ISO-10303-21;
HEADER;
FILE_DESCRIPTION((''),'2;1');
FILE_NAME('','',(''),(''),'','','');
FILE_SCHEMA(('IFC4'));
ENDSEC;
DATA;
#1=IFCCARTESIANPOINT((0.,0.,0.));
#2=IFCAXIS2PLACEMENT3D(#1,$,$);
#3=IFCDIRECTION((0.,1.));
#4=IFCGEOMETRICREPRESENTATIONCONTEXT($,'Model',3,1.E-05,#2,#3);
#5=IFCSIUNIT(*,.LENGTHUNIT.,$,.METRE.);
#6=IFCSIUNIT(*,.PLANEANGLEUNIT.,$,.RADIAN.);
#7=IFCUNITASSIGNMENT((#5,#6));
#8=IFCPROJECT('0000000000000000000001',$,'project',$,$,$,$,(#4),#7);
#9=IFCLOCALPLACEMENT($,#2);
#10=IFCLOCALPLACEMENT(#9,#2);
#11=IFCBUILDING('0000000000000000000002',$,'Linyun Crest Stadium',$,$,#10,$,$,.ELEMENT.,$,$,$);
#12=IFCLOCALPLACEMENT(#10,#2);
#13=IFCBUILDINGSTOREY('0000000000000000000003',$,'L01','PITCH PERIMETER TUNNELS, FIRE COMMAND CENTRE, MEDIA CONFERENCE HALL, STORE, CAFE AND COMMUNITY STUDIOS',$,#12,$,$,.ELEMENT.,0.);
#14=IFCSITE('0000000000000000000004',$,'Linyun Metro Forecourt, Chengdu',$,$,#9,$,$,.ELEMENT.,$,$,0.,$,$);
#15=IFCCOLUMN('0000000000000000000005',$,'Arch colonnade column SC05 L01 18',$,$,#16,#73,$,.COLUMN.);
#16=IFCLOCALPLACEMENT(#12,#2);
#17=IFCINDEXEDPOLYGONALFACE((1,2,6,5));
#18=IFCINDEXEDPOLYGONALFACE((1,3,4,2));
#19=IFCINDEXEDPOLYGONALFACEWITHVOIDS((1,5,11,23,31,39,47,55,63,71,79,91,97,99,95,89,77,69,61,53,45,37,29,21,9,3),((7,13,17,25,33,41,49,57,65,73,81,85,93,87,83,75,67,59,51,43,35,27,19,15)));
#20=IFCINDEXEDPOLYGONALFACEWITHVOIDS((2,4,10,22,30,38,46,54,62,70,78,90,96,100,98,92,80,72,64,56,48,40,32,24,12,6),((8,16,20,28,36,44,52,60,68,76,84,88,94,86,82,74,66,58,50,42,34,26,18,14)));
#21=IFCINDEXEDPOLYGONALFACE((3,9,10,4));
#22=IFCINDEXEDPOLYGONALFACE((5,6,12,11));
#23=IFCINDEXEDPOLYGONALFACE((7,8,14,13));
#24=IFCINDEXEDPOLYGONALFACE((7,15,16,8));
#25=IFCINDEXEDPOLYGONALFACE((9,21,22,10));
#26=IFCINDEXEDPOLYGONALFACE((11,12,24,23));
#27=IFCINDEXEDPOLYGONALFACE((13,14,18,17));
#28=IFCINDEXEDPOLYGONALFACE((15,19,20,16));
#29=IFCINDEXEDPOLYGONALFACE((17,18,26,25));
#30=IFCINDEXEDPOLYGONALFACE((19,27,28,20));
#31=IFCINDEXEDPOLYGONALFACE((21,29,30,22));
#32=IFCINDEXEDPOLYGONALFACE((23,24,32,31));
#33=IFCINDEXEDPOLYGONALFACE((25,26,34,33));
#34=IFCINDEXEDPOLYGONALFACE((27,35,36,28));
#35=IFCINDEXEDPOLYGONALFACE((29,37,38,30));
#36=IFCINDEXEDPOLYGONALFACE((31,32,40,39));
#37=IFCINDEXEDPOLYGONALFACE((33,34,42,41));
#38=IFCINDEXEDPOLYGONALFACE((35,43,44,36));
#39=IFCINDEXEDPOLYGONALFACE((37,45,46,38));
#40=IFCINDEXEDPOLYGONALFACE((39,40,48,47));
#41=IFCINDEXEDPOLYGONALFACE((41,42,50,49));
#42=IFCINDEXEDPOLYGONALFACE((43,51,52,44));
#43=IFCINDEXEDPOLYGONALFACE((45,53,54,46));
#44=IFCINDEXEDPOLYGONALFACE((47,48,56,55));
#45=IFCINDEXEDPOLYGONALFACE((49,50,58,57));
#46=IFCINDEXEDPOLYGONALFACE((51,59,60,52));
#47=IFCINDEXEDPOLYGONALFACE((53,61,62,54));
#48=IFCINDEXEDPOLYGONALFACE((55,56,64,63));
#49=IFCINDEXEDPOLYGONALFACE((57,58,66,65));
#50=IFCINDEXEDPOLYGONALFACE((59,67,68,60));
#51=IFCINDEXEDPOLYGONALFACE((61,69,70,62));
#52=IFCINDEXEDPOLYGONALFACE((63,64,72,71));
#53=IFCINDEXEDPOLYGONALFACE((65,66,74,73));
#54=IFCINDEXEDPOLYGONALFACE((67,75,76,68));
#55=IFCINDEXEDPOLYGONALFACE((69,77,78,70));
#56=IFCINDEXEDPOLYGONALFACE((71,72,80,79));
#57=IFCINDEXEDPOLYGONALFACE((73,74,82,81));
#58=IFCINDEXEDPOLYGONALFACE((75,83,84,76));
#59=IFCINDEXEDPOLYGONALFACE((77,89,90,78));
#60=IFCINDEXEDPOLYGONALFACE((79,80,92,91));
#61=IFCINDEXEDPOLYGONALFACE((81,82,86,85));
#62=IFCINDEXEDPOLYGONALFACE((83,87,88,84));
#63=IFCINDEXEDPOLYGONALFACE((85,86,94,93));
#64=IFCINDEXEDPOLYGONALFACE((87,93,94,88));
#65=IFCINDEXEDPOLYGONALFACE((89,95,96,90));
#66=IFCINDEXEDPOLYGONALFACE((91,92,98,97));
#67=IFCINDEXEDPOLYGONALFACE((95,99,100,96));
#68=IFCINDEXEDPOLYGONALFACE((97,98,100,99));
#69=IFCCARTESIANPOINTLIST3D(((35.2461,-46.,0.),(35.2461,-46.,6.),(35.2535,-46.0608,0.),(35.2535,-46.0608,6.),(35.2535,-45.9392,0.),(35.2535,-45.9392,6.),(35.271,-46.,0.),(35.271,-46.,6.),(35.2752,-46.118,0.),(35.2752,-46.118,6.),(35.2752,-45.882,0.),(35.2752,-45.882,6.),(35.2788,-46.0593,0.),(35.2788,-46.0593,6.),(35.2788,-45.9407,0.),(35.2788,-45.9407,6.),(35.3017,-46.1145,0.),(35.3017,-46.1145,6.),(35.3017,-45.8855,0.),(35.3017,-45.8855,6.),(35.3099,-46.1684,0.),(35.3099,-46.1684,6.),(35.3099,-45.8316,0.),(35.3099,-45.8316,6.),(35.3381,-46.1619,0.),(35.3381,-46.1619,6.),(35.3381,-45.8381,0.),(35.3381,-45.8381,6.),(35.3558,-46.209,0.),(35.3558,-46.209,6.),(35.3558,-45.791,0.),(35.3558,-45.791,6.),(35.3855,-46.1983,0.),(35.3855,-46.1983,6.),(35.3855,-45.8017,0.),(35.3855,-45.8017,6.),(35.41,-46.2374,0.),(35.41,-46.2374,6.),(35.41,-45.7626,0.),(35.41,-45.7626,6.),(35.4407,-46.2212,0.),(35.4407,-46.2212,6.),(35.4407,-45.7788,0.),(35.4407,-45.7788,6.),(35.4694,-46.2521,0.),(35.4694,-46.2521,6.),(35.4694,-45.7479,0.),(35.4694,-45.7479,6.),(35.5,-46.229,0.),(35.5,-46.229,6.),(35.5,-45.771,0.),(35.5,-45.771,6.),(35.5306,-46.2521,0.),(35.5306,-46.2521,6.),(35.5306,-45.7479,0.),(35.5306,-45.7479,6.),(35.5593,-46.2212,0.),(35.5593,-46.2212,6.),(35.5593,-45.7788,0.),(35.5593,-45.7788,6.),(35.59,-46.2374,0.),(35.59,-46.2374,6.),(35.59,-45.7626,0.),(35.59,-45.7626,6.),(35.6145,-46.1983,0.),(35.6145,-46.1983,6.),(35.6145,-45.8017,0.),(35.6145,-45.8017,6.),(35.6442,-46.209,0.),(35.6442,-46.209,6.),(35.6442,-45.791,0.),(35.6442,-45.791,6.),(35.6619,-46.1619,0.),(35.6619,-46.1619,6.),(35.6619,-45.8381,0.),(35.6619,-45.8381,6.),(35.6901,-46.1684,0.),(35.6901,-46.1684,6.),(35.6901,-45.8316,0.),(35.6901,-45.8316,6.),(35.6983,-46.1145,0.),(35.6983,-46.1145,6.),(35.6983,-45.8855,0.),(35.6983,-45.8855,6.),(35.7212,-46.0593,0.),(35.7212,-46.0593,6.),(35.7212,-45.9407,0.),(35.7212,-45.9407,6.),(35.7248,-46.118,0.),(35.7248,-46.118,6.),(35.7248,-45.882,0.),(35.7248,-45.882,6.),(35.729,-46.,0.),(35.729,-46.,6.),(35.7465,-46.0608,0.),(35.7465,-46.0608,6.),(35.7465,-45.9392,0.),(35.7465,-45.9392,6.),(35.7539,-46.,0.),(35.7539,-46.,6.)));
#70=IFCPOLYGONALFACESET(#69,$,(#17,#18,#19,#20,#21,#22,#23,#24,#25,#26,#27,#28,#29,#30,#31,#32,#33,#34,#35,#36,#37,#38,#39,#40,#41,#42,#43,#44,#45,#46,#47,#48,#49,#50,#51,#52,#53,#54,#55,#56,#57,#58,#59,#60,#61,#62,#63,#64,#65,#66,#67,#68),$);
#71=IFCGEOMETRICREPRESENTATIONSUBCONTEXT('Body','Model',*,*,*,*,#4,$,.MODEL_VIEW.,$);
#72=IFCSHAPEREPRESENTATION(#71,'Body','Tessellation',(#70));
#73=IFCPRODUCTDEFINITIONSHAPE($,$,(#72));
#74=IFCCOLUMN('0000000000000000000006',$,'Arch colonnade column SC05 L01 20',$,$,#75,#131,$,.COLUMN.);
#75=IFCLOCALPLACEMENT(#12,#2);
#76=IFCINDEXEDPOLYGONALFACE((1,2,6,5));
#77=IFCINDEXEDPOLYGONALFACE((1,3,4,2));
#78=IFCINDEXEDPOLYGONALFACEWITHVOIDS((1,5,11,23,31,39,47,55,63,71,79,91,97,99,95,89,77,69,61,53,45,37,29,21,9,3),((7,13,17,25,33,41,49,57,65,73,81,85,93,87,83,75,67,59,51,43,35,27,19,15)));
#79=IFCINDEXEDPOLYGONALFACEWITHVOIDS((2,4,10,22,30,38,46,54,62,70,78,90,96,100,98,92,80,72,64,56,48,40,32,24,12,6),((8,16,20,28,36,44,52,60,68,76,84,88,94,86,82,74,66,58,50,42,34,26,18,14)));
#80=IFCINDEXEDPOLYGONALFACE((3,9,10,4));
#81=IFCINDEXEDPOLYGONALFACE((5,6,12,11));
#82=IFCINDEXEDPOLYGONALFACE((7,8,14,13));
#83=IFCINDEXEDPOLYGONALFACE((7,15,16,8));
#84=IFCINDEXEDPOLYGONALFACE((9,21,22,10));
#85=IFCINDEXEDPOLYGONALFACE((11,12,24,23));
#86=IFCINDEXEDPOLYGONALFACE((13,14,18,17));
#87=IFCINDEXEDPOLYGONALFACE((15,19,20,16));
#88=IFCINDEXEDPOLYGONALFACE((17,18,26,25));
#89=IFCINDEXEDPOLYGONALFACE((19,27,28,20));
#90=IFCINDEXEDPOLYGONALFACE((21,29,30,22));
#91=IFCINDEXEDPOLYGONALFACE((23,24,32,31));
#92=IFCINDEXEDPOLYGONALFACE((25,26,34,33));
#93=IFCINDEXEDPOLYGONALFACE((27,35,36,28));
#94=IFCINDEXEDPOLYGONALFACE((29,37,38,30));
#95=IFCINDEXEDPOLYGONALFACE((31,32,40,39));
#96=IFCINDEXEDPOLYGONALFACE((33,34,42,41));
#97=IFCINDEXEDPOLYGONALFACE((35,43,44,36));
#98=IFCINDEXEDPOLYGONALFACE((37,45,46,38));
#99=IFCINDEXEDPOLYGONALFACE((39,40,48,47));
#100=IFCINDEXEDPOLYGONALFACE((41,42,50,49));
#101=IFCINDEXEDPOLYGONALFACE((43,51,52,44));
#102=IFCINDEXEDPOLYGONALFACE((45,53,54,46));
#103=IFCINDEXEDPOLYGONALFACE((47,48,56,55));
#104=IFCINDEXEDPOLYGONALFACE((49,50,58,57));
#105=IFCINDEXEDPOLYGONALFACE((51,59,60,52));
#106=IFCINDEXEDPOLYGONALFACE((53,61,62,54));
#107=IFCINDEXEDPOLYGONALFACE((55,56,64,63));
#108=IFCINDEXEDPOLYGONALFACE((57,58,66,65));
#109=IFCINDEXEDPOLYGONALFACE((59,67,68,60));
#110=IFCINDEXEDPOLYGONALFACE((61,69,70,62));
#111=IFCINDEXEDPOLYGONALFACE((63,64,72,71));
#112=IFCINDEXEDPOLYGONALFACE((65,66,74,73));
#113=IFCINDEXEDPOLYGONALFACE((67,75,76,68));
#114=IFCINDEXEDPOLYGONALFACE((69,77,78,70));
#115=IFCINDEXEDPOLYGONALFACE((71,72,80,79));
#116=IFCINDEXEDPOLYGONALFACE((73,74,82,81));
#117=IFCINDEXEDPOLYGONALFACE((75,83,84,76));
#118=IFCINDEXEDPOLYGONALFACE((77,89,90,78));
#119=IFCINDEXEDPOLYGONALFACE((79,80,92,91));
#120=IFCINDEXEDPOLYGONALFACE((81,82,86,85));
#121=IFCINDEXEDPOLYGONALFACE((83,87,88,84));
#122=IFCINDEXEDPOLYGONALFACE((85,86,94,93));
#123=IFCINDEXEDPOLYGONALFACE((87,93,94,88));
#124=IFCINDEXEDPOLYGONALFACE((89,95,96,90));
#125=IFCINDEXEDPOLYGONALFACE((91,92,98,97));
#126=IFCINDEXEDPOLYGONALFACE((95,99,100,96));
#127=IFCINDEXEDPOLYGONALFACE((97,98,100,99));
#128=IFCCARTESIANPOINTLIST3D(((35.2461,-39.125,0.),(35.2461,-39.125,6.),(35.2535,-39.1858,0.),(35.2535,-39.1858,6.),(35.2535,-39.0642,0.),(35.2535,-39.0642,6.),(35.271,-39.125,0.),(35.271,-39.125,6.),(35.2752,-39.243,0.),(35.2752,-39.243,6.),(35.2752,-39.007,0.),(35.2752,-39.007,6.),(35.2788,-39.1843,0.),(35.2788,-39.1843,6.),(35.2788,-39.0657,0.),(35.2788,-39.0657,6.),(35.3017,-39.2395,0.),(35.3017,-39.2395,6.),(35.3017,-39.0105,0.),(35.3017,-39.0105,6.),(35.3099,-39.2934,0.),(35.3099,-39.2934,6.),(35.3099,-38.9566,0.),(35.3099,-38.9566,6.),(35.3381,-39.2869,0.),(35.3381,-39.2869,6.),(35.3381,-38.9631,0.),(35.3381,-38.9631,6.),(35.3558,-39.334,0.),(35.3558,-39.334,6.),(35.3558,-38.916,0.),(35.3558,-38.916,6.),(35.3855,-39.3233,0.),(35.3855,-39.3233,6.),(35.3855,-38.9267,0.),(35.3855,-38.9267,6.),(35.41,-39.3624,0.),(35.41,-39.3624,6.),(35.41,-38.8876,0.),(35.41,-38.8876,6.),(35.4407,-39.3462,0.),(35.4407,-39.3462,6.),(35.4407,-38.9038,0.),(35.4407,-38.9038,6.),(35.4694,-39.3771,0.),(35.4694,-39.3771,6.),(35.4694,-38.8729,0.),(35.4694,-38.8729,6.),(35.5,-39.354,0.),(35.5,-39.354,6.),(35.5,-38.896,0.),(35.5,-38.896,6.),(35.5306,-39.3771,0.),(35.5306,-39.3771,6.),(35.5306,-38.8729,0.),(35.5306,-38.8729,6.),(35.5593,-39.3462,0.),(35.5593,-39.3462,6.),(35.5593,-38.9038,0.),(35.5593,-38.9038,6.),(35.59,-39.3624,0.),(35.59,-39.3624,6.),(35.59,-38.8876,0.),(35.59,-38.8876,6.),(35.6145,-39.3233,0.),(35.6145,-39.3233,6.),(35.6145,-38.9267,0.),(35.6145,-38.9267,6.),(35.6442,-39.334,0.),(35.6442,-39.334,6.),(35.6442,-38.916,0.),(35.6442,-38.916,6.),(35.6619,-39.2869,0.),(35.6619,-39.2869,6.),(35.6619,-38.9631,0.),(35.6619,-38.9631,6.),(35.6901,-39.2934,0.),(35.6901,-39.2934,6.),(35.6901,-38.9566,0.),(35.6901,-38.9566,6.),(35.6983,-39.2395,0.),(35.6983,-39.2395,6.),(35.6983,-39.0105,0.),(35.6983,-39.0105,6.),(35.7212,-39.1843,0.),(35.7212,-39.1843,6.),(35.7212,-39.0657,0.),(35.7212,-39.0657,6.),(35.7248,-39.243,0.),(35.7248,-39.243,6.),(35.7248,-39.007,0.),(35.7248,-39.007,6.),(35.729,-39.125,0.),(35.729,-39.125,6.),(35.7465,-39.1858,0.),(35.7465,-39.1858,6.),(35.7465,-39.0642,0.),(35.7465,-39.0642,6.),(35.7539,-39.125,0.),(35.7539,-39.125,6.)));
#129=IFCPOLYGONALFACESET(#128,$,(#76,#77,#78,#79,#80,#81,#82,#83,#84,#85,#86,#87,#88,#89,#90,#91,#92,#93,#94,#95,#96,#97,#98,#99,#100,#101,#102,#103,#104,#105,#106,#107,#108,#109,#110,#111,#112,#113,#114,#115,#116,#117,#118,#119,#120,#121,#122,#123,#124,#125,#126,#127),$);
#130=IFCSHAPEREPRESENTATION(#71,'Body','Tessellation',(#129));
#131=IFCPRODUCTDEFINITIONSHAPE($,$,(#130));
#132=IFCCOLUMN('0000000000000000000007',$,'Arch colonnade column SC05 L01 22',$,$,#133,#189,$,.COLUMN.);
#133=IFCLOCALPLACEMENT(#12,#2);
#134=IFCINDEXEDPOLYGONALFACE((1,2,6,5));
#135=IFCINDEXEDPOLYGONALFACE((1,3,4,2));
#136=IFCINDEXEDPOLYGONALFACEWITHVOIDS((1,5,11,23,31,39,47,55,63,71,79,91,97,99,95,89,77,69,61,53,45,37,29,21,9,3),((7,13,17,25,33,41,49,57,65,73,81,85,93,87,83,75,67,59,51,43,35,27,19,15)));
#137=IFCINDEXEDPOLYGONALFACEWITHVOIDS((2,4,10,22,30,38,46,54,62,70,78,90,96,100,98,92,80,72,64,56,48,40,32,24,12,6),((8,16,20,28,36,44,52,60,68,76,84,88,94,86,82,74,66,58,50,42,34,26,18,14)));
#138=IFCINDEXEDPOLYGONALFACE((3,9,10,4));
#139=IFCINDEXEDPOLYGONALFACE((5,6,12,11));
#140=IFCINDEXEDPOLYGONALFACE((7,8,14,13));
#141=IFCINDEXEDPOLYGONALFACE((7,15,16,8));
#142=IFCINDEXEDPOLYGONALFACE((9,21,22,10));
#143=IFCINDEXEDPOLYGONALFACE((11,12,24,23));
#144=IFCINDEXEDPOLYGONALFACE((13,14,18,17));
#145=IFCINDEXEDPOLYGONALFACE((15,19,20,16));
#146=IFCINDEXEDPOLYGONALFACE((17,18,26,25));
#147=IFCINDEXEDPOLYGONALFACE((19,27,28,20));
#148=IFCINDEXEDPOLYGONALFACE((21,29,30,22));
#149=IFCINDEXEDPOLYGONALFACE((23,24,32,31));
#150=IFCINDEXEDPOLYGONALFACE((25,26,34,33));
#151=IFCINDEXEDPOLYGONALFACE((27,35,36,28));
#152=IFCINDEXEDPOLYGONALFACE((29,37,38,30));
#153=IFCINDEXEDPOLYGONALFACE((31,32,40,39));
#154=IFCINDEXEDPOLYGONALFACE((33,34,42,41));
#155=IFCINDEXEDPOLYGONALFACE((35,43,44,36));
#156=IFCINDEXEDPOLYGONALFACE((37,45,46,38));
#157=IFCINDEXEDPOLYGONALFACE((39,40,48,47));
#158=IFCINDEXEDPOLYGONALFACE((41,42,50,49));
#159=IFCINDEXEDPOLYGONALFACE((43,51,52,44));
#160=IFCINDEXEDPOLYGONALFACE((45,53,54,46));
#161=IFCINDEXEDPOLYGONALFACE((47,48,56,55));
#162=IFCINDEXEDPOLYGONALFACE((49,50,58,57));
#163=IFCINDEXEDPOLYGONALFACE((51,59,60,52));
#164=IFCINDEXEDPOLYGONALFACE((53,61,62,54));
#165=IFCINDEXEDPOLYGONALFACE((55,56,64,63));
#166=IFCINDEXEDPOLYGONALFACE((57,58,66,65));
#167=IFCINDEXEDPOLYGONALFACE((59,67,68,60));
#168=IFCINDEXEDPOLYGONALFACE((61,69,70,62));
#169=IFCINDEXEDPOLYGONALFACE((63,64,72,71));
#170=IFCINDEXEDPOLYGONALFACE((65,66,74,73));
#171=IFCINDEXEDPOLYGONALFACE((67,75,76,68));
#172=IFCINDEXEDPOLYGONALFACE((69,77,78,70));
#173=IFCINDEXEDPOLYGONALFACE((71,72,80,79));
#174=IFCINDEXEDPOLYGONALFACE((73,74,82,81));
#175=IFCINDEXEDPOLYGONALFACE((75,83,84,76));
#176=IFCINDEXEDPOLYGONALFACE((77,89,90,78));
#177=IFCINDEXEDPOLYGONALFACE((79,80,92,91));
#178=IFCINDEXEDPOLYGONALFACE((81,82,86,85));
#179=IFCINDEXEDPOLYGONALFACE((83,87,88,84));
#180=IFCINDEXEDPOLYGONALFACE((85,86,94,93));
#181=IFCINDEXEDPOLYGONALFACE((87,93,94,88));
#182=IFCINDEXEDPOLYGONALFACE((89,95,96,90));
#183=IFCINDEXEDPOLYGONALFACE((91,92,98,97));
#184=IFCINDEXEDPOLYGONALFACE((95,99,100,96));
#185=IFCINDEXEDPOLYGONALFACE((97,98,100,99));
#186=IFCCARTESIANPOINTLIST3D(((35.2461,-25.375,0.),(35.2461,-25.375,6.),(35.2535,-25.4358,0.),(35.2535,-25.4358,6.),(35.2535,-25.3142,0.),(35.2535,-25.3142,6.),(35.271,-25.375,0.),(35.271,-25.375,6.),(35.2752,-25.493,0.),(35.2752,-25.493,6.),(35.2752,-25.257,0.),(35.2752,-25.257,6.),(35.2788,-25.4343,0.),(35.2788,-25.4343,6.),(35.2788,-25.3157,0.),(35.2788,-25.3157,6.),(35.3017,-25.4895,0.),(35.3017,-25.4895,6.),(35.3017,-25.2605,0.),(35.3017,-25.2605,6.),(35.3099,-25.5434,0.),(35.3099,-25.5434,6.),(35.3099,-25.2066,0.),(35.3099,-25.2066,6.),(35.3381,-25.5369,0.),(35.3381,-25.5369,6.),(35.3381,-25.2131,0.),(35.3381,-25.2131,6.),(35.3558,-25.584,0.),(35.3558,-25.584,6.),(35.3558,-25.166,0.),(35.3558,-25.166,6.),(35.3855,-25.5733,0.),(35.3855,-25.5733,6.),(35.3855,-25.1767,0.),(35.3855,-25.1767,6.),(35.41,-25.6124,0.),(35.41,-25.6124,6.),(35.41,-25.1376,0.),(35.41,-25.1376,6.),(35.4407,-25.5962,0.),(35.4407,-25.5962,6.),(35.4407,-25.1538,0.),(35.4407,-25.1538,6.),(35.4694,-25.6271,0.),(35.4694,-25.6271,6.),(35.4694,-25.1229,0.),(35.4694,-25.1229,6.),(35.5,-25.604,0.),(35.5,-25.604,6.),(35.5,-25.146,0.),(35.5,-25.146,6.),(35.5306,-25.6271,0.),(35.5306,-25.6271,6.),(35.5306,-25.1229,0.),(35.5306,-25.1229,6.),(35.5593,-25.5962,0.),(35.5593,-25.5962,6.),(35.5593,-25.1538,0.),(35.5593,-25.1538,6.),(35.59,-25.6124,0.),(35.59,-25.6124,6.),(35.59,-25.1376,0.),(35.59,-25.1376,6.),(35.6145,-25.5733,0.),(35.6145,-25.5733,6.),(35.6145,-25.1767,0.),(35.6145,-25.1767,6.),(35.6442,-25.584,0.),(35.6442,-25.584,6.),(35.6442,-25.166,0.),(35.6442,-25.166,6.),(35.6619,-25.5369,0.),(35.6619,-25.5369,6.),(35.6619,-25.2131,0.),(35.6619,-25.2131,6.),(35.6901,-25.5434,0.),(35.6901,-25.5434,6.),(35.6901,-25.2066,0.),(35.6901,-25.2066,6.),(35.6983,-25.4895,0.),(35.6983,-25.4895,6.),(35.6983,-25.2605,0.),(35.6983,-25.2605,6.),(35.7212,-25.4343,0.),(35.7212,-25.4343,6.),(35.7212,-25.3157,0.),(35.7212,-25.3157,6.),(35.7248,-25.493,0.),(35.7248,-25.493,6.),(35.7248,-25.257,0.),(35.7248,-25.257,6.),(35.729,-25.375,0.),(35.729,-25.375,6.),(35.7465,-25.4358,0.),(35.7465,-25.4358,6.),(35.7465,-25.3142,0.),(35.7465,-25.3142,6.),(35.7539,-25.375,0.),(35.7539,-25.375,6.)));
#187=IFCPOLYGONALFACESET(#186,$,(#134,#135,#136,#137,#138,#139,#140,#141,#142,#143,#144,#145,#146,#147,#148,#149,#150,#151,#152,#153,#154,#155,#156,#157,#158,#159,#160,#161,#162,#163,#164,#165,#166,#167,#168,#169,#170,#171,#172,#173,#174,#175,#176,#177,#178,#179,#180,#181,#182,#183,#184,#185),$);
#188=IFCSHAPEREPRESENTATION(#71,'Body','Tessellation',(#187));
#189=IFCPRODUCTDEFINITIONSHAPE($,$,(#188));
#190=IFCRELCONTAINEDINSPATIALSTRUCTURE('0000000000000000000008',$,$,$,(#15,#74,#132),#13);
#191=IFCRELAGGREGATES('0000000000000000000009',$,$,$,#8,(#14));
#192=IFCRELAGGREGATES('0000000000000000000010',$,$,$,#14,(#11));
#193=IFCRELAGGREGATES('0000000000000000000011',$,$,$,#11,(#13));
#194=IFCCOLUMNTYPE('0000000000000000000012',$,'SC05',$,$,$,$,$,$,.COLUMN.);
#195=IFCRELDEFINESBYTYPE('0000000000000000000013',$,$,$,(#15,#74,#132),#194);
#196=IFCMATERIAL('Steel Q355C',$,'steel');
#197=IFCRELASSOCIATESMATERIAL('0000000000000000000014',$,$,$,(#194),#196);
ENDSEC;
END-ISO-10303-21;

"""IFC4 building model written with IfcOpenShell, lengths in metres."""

from ifc_helpers import new_model, si_unit, direction, frame, origin, origin_2d, place, context, subcontext, project, spatial, hollow_circle, extrude, material, material_profile, profile_set, type_object, element, save


model = new_model("IFC4")

# Units and contexts
model_context = context("Model", 3, precision=1e-05, world=origin(), true_north=direction((0.0, 1.0)))
body_context = subcontext(model_context, "Body", "Model", "MODEL_VIEW")
ifc_project = project(units=[si_unit("LENGTHUNIT", "METRE"), si_unit("PLANEANGLEUNIT", "RADIAN")], contexts=[model_context])

# Site, building, storey
site_placement = place(None, origin())
site = spatial("IfcSite", under=ifc_project, at=site_placement, Name="Linyun Metro Forecourt, Chengdu", CompositionType="ELEMENT", RefElevation=0.0)
building_placement = place(site_placement, origin())
building = spatial("IfcBuilding", under=site, at=building_placement, Name="Linyun Crest Stadium", CompositionType="ELEMENT")
storey_placement = place(building_placement, origin())
storey = spatial("IfcBuildingStorey", under=building, at=storey_placement, Name="L01", Description="PITCH PERIMETER TUNNELS, FIRE COMMAND CENTRE, MEDIA CONFERENCE HALL, STORE, CAFE AND COMMUNITY STUDIOS", CompositionType="ELEMENT", Elevation=0.0)

# Columns
ifc_material_1 = material(Name="Steel Q355C", Category="steel")
ifc_material_profile_1 = material_profile(ifc_material_1, hollow_circle(Radius=0.2539, WallThickness=0.0249, at=origin_2d()), Name="CHS 508x25")
ifc_profile_set_1 = profile_set([ifc_material_profile_1], Name="Steel Q355C")
column_type = type_object("IfcColumnType", Name="SC05", PredefinedType="COLUMN", material=ifc_profile_set_1)
for number, where, z_axis, x_axis, name in (
    (1, (35.5, -46.0, 0.0), (0.0, 0.0, 1.0), (1.0, 0.0, 0.0), "Arch colonnade column SC05 L01 18"),
    (2, (35.5, -39.125, 0.0), (0.0, 0.0, 1.0), (1.0, 0.0, 0.0), "Arch colonnade column SC05 L01 20"),
    (3, (35.5, -25.375, 0.0), (0.0, 0.0, 1.0), (1.0, 0.0, 0.0), "Arch colonnade column SC05 L01 22"),
):
    element("IfcColumn", number, at=place(storey_placement, frame(where, z_axis=z_axis, x_axis=x_axis)), inside=storey, type_object=column_type, Name=name, PredefinedType="COLUMN", context=body_context, shape_type="SweptSolid", body=[
        extrude(hollow_circle(Radius=0.2539, WallThickness=0.0249, at=origin_2d()), origin(), (0.0, 0.0, 1.0), 6.0),
    ])

save(model, "model.ifc")
